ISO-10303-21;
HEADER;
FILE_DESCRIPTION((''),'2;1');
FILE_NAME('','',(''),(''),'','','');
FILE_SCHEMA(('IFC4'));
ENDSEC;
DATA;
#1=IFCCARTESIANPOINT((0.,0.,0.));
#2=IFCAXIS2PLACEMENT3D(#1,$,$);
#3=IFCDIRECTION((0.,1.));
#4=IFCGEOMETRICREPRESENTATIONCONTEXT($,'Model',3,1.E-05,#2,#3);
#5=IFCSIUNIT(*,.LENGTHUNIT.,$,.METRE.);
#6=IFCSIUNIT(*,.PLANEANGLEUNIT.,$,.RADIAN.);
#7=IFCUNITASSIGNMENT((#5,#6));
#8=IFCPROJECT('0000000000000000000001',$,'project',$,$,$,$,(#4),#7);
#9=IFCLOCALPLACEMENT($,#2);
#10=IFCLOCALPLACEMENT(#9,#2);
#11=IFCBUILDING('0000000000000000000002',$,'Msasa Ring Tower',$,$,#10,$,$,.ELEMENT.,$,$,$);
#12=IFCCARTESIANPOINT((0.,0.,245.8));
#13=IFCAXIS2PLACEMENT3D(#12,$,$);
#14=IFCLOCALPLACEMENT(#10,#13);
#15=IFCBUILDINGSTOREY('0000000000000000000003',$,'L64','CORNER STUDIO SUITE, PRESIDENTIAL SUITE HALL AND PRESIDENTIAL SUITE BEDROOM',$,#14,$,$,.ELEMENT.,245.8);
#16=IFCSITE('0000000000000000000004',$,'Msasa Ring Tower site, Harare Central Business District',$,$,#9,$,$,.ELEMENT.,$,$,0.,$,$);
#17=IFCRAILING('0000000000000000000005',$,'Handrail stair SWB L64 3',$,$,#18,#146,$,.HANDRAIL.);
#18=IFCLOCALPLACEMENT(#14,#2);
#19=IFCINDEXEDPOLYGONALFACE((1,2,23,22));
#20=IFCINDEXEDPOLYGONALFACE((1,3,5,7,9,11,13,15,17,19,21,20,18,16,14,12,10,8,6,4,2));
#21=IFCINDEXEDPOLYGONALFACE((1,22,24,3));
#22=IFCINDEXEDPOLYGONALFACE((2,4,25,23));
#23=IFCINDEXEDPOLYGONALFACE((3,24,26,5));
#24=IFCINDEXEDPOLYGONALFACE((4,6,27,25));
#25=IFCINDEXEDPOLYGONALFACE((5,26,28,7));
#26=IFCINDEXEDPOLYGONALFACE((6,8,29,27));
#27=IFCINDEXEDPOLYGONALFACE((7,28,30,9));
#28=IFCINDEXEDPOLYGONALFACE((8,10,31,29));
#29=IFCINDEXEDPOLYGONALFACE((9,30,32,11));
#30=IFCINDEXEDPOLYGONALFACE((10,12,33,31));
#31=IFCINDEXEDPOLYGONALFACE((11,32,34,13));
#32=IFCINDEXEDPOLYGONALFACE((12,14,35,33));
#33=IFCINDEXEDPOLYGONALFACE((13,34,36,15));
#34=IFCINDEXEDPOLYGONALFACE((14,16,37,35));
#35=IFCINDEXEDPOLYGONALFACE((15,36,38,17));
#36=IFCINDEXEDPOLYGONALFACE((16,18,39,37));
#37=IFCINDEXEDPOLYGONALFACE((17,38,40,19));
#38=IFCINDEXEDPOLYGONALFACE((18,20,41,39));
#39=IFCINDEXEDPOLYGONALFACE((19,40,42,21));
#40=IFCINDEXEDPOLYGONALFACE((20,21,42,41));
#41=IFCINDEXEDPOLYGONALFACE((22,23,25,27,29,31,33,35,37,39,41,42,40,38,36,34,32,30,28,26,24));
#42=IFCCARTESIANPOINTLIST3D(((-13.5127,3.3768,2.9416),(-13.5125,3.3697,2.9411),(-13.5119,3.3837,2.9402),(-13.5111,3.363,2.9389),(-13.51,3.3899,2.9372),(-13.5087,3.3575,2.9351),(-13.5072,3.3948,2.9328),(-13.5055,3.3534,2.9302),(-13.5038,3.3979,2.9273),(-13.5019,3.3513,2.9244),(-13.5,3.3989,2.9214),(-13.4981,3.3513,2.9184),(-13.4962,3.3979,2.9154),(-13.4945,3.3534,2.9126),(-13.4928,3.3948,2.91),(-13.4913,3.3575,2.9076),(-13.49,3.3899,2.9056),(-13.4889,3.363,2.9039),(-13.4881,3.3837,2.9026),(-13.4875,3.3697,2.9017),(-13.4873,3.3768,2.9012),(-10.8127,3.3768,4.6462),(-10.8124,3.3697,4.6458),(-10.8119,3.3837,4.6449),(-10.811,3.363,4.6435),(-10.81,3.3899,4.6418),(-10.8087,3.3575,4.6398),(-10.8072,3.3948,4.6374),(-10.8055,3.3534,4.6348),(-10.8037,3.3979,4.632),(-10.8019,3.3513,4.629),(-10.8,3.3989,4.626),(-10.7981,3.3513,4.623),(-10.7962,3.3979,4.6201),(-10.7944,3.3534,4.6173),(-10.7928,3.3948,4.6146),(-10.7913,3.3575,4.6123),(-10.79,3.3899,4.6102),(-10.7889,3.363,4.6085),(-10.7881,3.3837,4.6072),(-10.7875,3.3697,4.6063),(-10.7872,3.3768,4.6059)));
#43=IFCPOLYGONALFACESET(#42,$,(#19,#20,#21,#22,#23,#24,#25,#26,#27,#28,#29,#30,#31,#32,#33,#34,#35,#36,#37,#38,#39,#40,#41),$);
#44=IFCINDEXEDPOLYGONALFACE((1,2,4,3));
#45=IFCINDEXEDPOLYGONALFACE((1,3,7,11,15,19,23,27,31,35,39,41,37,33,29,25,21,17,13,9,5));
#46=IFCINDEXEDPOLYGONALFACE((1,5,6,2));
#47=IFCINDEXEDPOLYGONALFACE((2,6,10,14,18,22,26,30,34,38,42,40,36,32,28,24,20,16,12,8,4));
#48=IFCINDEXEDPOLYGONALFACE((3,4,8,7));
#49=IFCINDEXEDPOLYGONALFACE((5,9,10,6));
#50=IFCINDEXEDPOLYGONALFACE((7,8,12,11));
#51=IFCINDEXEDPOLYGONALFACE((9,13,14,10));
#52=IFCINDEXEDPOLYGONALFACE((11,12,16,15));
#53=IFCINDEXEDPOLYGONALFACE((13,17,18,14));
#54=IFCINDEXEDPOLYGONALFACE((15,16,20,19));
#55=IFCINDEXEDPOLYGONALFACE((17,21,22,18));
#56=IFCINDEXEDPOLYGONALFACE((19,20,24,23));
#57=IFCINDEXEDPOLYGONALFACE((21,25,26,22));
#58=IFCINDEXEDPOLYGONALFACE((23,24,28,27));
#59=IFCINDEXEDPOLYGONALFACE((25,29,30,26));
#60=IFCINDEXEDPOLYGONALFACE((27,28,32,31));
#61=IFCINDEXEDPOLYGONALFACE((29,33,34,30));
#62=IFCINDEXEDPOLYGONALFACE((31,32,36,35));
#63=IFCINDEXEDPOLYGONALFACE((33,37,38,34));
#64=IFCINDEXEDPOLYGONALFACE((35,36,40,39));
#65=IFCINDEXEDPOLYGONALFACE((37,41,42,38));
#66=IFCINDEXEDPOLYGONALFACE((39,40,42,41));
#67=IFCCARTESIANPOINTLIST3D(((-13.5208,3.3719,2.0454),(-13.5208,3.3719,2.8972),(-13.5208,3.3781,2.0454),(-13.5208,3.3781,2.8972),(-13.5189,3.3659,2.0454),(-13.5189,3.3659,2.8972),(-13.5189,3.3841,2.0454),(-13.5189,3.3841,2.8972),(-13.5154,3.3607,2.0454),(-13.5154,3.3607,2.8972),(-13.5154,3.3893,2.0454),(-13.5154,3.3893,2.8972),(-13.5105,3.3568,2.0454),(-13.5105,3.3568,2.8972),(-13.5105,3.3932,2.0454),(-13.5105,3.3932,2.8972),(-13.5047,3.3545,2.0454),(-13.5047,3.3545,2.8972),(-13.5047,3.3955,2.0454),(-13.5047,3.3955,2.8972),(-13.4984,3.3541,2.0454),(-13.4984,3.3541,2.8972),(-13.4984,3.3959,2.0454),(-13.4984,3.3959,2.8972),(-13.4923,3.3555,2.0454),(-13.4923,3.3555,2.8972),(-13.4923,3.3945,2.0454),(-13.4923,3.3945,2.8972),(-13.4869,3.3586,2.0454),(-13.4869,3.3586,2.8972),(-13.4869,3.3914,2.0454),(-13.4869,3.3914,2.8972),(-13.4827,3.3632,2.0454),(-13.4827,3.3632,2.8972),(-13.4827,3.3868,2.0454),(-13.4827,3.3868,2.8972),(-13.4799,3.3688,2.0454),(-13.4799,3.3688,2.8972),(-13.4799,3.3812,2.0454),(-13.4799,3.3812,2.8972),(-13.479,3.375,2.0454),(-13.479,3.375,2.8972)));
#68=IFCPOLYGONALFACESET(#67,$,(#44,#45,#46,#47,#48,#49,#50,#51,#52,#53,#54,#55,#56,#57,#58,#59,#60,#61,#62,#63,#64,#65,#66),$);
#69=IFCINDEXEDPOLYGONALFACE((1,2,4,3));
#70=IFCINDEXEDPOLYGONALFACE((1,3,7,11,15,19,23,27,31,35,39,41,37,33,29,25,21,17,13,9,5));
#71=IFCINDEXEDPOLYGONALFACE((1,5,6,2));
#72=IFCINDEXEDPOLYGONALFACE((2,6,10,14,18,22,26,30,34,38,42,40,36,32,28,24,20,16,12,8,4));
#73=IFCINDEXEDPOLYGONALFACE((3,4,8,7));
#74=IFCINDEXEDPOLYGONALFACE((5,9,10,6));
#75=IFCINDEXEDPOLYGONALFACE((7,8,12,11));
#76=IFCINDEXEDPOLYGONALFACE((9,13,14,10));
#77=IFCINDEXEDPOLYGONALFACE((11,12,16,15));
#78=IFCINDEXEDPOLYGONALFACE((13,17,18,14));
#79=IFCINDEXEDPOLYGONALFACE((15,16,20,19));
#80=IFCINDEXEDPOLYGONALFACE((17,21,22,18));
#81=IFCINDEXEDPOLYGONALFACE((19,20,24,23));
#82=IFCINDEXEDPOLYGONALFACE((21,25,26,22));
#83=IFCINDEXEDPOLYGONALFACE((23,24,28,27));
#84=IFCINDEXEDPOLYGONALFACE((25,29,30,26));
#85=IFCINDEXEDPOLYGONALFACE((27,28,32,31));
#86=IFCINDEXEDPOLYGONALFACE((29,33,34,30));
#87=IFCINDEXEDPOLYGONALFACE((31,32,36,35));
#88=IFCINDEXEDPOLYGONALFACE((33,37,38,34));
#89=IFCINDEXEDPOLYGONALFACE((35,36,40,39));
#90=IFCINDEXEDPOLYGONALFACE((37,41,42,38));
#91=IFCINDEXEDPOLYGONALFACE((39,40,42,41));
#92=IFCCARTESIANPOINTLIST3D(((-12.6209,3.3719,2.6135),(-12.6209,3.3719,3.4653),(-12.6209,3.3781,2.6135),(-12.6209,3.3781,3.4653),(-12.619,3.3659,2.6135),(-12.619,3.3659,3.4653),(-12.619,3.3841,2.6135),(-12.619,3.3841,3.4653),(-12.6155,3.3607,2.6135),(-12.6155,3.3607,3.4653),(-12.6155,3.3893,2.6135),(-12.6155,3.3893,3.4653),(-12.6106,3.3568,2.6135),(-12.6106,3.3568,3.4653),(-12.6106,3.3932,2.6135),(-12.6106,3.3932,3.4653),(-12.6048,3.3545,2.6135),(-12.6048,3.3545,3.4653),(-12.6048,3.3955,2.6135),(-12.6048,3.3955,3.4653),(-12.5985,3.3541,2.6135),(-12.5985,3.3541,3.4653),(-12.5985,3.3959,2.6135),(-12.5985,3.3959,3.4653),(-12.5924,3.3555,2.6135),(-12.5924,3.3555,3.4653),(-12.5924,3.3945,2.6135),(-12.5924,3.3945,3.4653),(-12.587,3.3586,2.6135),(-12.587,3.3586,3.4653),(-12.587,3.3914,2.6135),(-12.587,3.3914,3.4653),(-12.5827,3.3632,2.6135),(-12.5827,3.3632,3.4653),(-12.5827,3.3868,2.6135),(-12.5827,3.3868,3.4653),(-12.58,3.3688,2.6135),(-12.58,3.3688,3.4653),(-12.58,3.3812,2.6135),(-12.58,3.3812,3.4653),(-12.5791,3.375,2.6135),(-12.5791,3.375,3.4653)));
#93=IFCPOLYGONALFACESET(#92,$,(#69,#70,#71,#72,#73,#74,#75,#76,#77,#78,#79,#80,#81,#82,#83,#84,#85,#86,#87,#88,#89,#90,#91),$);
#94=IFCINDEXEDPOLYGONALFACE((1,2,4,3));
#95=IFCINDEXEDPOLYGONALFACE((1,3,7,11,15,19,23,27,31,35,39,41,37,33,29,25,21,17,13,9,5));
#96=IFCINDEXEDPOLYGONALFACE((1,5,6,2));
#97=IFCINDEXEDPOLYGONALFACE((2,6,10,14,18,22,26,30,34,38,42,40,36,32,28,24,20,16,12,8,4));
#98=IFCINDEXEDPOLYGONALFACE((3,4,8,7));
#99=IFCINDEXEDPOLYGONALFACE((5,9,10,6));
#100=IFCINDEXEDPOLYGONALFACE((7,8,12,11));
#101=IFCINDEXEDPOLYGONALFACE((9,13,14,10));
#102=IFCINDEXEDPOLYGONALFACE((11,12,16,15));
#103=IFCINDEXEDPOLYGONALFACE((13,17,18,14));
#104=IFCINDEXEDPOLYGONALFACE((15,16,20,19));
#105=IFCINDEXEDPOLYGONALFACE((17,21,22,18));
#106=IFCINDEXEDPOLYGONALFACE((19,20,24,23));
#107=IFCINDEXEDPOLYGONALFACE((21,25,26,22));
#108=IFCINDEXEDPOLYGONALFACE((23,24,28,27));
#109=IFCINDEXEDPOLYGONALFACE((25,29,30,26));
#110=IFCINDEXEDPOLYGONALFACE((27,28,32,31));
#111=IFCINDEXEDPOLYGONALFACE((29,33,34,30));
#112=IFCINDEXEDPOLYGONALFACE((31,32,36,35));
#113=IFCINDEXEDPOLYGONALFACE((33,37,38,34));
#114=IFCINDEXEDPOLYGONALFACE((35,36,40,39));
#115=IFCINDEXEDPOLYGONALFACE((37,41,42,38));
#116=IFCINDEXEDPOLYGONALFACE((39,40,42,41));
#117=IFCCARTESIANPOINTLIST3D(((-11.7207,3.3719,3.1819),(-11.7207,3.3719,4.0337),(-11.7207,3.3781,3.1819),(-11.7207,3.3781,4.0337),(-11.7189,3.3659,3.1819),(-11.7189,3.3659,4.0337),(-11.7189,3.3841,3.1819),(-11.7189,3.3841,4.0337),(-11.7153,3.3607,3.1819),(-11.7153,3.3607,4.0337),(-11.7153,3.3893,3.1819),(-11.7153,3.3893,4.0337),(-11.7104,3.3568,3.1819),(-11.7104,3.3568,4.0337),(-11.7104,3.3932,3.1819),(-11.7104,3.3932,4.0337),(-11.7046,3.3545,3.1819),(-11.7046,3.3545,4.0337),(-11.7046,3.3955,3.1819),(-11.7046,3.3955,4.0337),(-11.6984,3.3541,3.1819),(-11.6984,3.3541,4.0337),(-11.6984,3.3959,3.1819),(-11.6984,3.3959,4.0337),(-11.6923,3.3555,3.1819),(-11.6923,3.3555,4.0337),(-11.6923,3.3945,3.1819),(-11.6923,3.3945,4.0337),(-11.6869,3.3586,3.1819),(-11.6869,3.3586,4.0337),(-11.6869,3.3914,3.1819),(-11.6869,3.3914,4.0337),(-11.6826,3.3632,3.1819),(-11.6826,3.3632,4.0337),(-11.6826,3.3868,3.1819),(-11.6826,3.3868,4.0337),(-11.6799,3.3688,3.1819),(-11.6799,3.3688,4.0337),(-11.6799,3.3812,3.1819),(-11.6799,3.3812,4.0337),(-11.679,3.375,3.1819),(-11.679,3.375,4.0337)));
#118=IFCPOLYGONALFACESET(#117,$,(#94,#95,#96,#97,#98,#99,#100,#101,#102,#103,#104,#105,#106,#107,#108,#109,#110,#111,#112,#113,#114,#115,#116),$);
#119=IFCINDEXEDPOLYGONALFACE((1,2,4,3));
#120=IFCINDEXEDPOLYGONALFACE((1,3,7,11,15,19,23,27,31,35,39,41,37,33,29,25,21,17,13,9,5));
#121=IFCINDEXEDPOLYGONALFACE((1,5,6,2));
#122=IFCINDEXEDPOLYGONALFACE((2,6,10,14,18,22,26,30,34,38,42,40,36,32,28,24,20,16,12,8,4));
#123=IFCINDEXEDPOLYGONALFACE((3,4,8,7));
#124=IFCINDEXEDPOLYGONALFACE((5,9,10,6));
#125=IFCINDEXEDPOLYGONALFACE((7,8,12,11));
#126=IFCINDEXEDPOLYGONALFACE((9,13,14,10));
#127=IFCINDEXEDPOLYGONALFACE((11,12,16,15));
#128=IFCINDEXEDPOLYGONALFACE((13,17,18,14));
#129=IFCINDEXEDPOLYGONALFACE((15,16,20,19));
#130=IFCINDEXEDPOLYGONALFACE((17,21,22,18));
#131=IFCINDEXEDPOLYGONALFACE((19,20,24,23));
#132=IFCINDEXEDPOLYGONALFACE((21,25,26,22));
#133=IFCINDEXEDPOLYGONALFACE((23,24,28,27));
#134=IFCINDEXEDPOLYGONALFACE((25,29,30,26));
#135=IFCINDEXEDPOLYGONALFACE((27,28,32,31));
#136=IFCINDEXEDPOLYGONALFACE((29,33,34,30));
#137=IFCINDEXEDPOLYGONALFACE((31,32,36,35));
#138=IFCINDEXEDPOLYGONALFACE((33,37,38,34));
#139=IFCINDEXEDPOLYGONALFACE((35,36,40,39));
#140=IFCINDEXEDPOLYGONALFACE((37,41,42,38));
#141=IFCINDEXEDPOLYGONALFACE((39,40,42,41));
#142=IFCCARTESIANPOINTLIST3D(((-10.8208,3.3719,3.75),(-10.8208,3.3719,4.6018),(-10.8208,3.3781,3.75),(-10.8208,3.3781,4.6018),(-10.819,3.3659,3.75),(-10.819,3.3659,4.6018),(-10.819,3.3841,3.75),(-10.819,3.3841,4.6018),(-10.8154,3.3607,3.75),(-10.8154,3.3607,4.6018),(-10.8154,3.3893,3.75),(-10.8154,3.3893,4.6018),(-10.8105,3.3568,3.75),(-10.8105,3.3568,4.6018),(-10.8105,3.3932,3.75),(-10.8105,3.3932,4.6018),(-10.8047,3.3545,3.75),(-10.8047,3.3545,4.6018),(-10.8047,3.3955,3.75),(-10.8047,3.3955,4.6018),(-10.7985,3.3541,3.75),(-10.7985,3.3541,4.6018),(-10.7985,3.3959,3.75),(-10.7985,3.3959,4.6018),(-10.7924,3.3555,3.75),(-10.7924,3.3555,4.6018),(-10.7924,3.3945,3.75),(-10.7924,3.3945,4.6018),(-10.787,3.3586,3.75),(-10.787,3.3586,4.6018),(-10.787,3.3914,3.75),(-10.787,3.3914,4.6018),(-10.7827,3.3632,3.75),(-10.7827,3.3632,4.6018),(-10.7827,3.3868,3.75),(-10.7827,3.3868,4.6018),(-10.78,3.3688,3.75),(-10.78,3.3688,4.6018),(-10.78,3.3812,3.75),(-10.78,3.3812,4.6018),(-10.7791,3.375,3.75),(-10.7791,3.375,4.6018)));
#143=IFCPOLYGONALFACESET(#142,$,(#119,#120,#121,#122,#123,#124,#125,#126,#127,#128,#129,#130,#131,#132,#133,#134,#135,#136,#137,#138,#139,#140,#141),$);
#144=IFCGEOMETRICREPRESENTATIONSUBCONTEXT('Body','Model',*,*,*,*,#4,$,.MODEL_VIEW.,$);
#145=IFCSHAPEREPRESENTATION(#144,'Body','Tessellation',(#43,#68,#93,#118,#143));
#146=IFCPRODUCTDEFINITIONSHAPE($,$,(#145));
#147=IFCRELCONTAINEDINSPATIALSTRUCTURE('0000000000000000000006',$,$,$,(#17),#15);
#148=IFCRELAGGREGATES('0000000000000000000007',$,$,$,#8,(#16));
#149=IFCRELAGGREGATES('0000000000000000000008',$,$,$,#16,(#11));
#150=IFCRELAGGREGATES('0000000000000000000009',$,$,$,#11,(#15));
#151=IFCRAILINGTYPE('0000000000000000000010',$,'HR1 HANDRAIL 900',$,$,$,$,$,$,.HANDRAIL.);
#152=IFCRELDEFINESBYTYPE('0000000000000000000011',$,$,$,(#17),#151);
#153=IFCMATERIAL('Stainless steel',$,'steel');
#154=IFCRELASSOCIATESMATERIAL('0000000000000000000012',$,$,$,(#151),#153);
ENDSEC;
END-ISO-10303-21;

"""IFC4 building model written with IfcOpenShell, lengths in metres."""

from ifc_helpers import new_model, si_unit, direction, frame, origin, origin_2d, place, context, subcontext, project, spatial, circle, extrude, material, type_object, element, save


model = new_model("IFC4")

# Units and contexts
model_context = context("Model", 3, precision=1e-05, world=origin(), true_north=direction((0.0, 1.0)))
body_context = subcontext(model_context, "Body", "Model", "MODEL_VIEW")
ifc_project = project(units=[si_unit("LENGTHUNIT", "METRE"), si_unit("PLANEANGLEUNIT", "RADIAN")], contexts=[model_context])

# Site, building, storey
site_placement = place(None, origin())
site = spatial("IfcSite", under=ifc_project, at=site_placement, Name="Msasa Ring Tower site, Harare Central Business District", CompositionType="ELEMENT", RefElevation=0.0)
building_placement = place(site_placement, origin())
building = spatial("IfcBuilding", under=site, at=building_placement, Name="Msasa Ring Tower", CompositionType="ELEMENT")
storey_placement = place(building_placement, frame((0.0, 0.0, 245.8)))
storey = spatial("IfcBuildingStorey", under=building, at=storey_placement, Name="L64", Description="CORNER STUDIO SUITE, PRESIDENTIAL SUITE HALL AND PRESIDENTIAL SUITE BEDROOM", CompositionType="ELEMENT", Elevation=245.8)

# Railing
ifc_material_1 = material(Name="Stainless steel", Category="steel")
railing_type = type_object("IfcRailingType", Name="HR1 HANDRAIL 900", PredefinedType="HANDRAIL", material=ifc_material_1)
for number, where, name in (
    (1, (-13.5, 3.375, 2.0454), "Handrail stair SWB L64 3"),
):
    element("IfcRailing", number, at=place(storey_placement, frame(where)), inside=storey, type_object=railing_type, Name=name, PredefinedType="HANDRAIL", context=body_context, shape_type="SweptSolid", body=[
        extrude(circle(Radius=0.0239, at=origin_2d()), frame((0.0, 0.0, 0.876), z_axis=(0.84558, 0.0, 0.533849), x_axis=(0.0, 1.0, 0.0)), (0.0, 0.0, 1.0), 3.1931),
        extrude(circle(Radius=0.021, at=origin_2d()), origin(), (0.0, 0.0, 1.0), 0.8518),
        extrude(circle(Radius=0.021, at=origin_2d()), frame((0.8999, 0.0, 0.5681)), (0.0, 0.0, 1.0), 0.8518),
        extrude(circle(Radius=0.021, at=origin_2d()), frame((1.8, 0.0, 1.1365)), (0.0, 0.0, 1.0), 0.8518),
        extrude(circle(Radius=0.021, at=origin_2d()), frame((2.7, 0.0, 1.7046)), (0.0, 0.0, 1.0), 0.8518),
    ])

save(model, "model.ifc")
